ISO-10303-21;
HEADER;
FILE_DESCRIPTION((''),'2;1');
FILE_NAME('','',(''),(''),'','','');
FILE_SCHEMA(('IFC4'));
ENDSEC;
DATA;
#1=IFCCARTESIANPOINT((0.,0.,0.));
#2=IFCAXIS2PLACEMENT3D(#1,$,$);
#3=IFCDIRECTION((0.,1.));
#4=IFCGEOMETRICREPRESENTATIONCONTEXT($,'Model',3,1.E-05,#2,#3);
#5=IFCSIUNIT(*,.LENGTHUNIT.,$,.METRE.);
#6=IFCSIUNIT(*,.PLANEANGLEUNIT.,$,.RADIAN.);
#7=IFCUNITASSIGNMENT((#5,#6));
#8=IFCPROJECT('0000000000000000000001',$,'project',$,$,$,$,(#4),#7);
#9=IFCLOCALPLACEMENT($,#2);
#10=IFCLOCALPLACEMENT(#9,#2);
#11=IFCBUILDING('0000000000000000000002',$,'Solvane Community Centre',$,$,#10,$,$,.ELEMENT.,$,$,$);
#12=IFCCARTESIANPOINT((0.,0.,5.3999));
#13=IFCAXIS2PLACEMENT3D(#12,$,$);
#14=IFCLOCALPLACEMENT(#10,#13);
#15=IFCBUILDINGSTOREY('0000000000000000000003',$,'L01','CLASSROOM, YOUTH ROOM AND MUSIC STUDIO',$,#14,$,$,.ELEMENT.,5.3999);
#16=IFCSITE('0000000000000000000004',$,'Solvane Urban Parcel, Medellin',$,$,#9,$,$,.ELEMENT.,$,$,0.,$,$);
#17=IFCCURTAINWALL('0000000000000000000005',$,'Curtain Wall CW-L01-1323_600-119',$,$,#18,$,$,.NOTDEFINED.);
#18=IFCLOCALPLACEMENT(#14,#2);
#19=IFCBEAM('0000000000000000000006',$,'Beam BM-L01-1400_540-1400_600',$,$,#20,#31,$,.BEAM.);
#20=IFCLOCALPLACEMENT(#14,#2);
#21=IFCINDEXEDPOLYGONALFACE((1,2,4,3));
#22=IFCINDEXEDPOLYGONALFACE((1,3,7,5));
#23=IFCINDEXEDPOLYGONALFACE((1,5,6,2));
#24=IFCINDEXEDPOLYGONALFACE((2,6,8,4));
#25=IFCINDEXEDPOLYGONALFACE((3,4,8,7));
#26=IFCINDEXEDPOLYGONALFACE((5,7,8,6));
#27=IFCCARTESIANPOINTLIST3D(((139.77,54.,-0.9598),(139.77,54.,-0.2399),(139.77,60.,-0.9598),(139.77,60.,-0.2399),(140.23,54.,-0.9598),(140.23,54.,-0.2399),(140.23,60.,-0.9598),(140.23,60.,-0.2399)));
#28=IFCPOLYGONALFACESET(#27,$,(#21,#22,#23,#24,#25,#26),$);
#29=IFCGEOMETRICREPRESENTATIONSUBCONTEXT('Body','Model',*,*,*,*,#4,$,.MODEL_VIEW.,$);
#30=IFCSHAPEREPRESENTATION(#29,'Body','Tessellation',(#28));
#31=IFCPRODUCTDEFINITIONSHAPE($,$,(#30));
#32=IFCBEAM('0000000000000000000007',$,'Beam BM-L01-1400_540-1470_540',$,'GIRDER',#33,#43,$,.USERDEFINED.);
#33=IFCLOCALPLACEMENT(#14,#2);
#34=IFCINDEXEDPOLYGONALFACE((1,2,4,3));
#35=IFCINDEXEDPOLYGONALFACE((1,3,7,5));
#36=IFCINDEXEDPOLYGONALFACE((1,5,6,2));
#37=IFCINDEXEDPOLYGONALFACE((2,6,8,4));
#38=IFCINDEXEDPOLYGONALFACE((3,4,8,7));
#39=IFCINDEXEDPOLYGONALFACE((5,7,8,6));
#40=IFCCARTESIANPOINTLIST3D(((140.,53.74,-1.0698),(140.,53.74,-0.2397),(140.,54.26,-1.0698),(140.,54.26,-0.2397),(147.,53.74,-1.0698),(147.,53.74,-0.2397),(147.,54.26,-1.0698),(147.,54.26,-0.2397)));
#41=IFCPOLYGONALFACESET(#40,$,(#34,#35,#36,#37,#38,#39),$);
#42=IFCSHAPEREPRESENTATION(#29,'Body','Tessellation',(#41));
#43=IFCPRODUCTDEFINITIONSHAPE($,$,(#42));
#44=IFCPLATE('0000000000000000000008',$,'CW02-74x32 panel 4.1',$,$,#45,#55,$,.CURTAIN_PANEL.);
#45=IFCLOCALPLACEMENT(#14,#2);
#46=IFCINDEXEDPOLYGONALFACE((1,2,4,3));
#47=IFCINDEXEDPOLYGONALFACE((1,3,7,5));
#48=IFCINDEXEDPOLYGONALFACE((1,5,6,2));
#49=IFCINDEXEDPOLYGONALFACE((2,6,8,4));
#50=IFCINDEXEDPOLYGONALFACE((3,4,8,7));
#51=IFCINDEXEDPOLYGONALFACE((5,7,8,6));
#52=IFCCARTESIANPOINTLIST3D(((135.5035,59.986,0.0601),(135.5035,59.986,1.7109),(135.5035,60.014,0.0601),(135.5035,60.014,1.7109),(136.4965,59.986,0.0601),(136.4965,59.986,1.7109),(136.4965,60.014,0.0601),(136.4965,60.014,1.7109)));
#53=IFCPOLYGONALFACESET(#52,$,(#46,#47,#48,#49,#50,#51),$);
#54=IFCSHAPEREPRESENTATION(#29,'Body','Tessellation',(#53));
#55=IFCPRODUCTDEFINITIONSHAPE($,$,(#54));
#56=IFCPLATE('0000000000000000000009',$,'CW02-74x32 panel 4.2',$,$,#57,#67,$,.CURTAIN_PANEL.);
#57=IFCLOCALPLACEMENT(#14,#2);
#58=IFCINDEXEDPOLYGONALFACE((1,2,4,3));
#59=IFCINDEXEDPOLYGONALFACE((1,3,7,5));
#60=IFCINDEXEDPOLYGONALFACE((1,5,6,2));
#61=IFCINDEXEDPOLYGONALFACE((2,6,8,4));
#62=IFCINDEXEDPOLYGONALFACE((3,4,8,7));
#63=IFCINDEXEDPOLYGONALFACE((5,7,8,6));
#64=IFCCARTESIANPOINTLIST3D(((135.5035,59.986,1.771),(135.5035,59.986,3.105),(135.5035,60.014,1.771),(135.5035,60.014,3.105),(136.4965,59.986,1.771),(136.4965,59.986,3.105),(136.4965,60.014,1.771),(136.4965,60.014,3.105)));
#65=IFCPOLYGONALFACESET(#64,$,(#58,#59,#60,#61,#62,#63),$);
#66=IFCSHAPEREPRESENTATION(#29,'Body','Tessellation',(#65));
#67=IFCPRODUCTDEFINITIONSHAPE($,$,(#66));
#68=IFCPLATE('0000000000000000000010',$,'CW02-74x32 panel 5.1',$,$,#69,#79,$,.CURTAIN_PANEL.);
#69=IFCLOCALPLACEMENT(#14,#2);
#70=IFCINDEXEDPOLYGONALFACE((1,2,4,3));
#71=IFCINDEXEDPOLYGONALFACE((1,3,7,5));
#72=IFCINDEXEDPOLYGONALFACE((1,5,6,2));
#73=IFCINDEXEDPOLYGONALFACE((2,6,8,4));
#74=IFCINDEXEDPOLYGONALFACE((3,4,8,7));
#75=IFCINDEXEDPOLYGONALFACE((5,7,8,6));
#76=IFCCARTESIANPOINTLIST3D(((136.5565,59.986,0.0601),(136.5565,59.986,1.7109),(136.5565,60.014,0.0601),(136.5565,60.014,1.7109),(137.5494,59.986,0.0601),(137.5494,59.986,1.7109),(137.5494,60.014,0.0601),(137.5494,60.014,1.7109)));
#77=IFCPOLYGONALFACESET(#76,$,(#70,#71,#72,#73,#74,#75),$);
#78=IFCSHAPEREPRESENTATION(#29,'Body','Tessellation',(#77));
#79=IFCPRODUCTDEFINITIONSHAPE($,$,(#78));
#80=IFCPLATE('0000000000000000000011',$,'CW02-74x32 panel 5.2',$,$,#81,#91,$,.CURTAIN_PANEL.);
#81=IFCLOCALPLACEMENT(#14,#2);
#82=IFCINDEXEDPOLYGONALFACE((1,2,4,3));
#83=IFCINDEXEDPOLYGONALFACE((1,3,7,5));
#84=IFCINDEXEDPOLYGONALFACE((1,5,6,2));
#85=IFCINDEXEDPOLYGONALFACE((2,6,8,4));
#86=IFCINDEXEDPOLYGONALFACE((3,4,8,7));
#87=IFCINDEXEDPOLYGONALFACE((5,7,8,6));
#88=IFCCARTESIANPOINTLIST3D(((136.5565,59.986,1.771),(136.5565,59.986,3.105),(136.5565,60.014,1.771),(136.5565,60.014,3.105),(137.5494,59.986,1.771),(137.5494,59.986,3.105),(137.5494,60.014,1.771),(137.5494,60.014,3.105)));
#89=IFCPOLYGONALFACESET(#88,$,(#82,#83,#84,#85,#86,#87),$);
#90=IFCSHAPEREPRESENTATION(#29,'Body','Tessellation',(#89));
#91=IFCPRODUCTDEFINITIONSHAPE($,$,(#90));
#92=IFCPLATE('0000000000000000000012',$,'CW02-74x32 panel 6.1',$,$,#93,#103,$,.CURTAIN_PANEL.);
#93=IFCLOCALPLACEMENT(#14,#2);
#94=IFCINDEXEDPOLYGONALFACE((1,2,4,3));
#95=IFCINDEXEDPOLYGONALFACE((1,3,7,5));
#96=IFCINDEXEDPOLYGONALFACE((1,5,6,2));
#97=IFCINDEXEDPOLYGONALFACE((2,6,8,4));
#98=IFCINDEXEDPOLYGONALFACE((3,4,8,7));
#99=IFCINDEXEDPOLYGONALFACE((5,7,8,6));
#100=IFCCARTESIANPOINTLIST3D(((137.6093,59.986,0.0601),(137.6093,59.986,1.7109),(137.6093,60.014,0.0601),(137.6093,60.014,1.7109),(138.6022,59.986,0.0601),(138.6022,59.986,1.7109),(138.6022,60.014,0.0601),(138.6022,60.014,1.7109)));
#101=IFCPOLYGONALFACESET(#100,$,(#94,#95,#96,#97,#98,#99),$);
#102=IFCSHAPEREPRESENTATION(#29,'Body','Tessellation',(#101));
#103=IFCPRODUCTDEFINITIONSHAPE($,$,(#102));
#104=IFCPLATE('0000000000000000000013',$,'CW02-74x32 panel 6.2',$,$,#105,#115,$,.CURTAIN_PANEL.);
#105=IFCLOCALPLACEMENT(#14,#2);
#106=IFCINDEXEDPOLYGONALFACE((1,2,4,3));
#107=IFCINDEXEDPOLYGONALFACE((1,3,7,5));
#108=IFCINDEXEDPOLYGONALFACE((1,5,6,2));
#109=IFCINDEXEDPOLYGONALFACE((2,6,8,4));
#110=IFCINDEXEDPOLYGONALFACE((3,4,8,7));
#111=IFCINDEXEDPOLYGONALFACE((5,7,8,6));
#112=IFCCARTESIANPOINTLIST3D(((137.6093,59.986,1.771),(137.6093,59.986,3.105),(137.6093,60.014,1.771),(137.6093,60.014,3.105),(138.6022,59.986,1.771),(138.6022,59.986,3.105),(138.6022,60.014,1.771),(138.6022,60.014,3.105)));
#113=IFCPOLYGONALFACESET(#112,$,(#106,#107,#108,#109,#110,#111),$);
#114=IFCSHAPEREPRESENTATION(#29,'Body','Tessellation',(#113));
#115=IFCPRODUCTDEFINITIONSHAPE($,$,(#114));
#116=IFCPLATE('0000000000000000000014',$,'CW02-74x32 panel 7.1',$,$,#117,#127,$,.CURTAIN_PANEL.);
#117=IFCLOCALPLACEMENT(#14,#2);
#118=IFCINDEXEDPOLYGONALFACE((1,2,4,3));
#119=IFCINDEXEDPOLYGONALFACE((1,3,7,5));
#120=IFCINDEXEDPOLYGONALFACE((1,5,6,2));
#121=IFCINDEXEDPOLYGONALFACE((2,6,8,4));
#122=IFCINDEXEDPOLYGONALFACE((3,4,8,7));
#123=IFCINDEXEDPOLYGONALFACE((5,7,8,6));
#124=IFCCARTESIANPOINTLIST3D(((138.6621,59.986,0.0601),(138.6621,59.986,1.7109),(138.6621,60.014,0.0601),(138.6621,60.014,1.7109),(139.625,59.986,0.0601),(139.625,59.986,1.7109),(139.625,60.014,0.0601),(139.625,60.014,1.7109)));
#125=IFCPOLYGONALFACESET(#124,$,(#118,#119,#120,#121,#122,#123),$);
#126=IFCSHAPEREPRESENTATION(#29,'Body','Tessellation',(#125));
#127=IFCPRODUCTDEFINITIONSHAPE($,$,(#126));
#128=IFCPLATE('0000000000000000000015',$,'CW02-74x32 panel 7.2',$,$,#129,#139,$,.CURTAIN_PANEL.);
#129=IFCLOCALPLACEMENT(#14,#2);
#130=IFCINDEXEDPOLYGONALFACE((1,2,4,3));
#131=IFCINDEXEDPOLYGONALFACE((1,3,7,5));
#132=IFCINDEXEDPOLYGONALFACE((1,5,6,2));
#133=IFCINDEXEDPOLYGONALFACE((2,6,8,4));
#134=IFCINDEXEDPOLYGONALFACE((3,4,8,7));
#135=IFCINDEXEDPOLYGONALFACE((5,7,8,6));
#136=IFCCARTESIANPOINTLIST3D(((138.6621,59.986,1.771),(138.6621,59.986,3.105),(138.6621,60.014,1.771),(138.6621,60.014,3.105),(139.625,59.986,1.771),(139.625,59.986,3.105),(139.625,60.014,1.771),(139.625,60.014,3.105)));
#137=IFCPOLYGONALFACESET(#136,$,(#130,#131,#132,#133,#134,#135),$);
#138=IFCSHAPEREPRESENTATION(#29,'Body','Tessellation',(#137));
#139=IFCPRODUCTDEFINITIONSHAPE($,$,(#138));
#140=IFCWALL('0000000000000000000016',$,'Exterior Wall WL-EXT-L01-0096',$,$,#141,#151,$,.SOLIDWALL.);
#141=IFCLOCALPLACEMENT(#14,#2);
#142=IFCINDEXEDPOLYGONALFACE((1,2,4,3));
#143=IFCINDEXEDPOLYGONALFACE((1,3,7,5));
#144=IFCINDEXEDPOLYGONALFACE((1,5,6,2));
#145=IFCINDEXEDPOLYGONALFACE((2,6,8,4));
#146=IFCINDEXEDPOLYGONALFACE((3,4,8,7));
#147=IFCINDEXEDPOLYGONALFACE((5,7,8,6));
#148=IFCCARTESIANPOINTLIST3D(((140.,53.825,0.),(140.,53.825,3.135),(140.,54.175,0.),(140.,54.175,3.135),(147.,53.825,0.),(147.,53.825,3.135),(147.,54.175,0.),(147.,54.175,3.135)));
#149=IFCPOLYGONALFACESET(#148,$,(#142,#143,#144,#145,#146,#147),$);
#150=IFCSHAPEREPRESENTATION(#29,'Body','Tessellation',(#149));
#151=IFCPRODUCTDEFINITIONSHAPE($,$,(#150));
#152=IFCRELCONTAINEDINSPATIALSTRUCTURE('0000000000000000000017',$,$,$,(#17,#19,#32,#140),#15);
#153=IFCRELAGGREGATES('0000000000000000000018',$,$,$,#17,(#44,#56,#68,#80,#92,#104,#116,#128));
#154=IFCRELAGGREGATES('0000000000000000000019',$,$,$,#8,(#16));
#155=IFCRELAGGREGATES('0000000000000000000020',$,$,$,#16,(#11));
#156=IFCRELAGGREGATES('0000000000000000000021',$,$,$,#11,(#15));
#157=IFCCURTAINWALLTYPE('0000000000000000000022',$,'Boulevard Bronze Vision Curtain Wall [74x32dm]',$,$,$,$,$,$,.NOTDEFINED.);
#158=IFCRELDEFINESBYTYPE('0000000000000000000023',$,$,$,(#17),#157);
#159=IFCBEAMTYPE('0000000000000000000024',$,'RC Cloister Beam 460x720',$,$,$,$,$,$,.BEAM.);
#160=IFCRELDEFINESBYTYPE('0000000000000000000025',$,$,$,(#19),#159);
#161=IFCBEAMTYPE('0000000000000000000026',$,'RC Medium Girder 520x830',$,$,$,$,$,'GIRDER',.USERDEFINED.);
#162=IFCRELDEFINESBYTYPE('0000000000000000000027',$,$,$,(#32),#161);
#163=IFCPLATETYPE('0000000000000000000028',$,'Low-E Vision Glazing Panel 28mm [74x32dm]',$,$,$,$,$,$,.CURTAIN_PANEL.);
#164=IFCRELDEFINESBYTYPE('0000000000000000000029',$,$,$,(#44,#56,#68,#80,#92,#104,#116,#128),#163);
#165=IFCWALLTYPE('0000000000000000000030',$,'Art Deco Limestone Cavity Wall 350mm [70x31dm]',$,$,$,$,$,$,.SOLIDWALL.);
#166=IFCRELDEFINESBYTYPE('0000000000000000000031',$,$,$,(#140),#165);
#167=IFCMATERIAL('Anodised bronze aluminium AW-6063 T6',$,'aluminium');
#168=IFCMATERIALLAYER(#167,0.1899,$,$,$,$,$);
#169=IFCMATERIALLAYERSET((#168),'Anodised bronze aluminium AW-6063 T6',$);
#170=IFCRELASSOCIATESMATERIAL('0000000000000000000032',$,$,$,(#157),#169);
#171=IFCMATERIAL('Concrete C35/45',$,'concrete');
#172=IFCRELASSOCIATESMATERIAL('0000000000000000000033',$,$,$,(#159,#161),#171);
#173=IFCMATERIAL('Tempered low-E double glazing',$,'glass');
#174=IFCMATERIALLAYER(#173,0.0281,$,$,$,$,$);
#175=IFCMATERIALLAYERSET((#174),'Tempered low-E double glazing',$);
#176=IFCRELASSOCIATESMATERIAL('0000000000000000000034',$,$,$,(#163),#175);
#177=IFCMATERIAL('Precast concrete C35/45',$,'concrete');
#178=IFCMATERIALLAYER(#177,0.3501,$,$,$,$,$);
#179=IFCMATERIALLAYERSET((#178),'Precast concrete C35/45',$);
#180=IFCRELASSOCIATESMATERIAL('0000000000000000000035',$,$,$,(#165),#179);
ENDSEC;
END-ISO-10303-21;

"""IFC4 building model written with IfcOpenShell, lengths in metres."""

from ifc_helpers import new_model, si_unit, direction, frame, frame_2d, origin, origin_2d, place, context, subcontext, project, spatial, rectangle, extrude, material, layer, layer_set, material_profile, profile_set, type_object, element, aggregate, save


model = new_model("IFC4")

# Units and contexts
model_context = context("Model", 3, precision=1e-05, world=origin(), true_north=direction((0.0, 1.0)))
body_context = subcontext(model_context, "Body", "Model", "MODEL_VIEW")
ifc_project = project(units=[si_unit("LENGTHUNIT", "METRE"), si_unit("PLANEANGLEUNIT", "RADIAN")], contexts=[model_context])

# Site, building, storey
site_placement = place(None, origin())
site = spatial("IfcSite", under=ifc_project, at=site_placement, Name="Solvane Urban Parcel, Medellin", CompositionType="ELEMENT", RefElevation=0.0)
building_placement = place(site_placement, origin())
building = spatial("IfcBuilding", under=site, at=building_placement, Name="Solvane Community Centre", CompositionType="ELEMENT")
storey_placement = place(building_placement, frame((0.0, 0.0, 5.3999)))
storey = spatial("IfcBuildingStorey", under=building, at=storey_placement, Name="L01", Description="CLASSROOM, YOUTH ROOM AND MUSIC STUDIO", CompositionType="ELEMENT", Elevation=5.3999)

# Shared definitions
ifc_material_1 = material(Name="Concrete C35/45", Category="concrete")

# Curtain wall
ifc_material_2 = material(Name="Anodised bronze aluminium AW-6063 T6", Category="aluminium")
ifc_layer_1 = layer(ifc_material_2, 0.1899)
ifc_layer_set_1 = layer_set([ifc_layer_1], Name="Anodised bronze aluminium AW-6063 T6")
curtain_wall_type = type_object("IfcCurtainWallType", Name="Boulevard Bronze Vision Curtain Wall [74x32dm]", PredefinedType="NOTDEFINED", material=ifc_layer_set_1)
curtain_wall_placement = place(storey_placement, origin())
curtain_wall = element("IfcCurtainWall", 1, at=curtain_wall_placement, inside=storey, type_object=curtain_wall_type, Name="Curtain Wall CW-L01-1323_600-119", PredefinedType="NOTDEFINED")

# Beams
ifc_material_profile_1 = material_profile(ifc_material_1, rectangle(XDim=0.46, YDim=0.72, at=origin_2d()), Name="RC 460x720")
ifc_profile_set_1 = profile_set([ifc_material_profile_1], Name="Concrete C35/45")
beam_type_1 = type_object("IfcBeamType", Name="RC Cloister Beam 460x720", PredefinedType="BEAM", material=ifc_profile_set_1)
beam_1_placement = place(storey_placement, frame((140.0, 54.0, -0.5999), z_axis=(0.0, 1.0, 0.0), x_axis=(-1.0, 0.0, 0.0)))
element("IfcBeam", 2, at=beam_1_placement, inside=storey, type_object=beam_type_1, Name="Beam BM-L01-1400_540-1400_600", PredefinedType="BEAM", context=body_context, shape_type="SweptSolid", body=[
    extrude(rectangle(XDim=0.46, YDim=0.72, at=origin_2d()), origin(), (0.0, 0.0, 1.0), 6.0),
])
ifc_material_profile_2 = material_profile(ifc_material_1, rectangle(XDim=0.52, YDim=0.8301, at=origin_2d()), Name="RC 520x830")
ifc_profile_set_2 = profile_set([ifc_material_profile_2], Name="Concrete C35/45")
beam_type_2 = type_object("IfcBeamType", Name="RC Medium Girder 520x830", ElementType="GIRDER", PredefinedType="USERDEFINED", material=ifc_profile_set_2)
beam_2_placement = place(storey_placement, frame((140.0, 54.0, -0.6548), z_axis=(1.0, 0.0, 0.0), x_axis=(0.0, 1.0, 0.0)))
element("IfcBeam", 3, at=beam_2_placement, inside=storey, type_object=beam_type_2, Name="Beam BM-L01-1400_540-1470_540", ObjectType="GIRDER", PredefinedType="USERDEFINED", context=body_context, shape_type="SweptSolid", body=[
    extrude(rectangle(XDim=0.52, YDim=0.8301, at=origin_2d()), origin(), (0.0, 0.0, 1.0), 7.0),
])

# Plates
ifc_material_3 = material(Name="Tempered low-E double glazing", Category="glass")
ifc_layer_2 = layer(ifc_material_3, 0.0281)
ifc_layer_set_2 = layer_set([ifc_layer_2], Name="Tempered low-E double glazing")
plate_type = type_object("IfcPlateType", Name="Low-E Vision Glazing Panel 28mm [74x32dm]", PredefinedType="CURTAIN_PANEL", material=ifc_layer_set_2)
plate_1_placement = place(storey_placement, frame((136.0, 60.0, 0.0601), z_axis=(0.0, 0.0, 1.0), x_axis=(1.0, 0.0, 0.0)))
plate_1 = element("IfcPlate", 4, at=plate_1_placement, type_object=plate_type, Name="CW02-74x32 panel 4.1", PredefinedType="CURTAIN_PANEL", context=body_context, shape_type="SweptSolid", body=[
    extrude(rectangle(XDim=0.9929, YDim=0.0281, at=origin_2d()), origin(), (0.0, 0.0, 1.0), 1.6509),
])
plate_2_placement = place(storey_placement, frame((136.0, 60.0, 1.771), z_axis=(0.0, 0.0, 1.0), x_axis=(1.0, 0.0, 0.0)))
plate_2 = element("IfcPlate", 5, at=plate_2_placement, type_object=plate_type, Name="CW02-74x32 panel 4.2", PredefinedType="CURTAIN_PANEL", context=body_context, shape_type="SweptSolid", body=[
    extrude(rectangle(XDim=0.9929, YDim=0.0281, at=origin_2d()), origin(), (0.0, 0.0, 1.0), 1.334),
])
plate_3_placement = place(storey_placement, frame((137.053, 60.0, 0.0601), z_axis=(0.0, 0.0, 1.0), x_axis=(1.0, 0.0, 0.0)))
plate_3 = element("IfcPlate", 6, at=plate_3_placement, type_object=plate_type, Name="CW02-74x32 panel 5.1", PredefinedType="CURTAIN_PANEL", context=body_context, shape_type="SweptSolid", body=[
    extrude(rectangle(XDim=0.9929, YDim=0.0281, at=origin_2d()), origin(), (0.0, 0.0, 1.0), 1.6509),
])
plate_4_placement = place(storey_placement, frame((137.053, 60.0, 1.771), z_axis=(0.0, 0.0, 1.0), x_axis=(1.0, 0.0, 0.0)))
plate_4 = element("IfcPlate", 7, at=plate_4_placement, type_object=plate_type, Name="CW02-74x32 panel 5.2", PredefinedType="CURTAIN_PANEL", context=body_context, shape_type="SweptSolid", body=[
    extrude(rectangle(XDim=0.9929, YDim=0.0281, at=origin_2d()), origin(), (0.0, 0.0, 1.0), 1.334),
])
plate_5_placement = place(storey_placement, frame((138.1057, 60.0, 0.0601), z_axis=(0.0, 0.0, 1.0), x_axis=(1.0, 0.0, 0.0)))
plate_5 = element("IfcPlate", 8, at=plate_5_placement, type_object=plate_type, Name="CW02-74x32 panel 6.1", PredefinedType="CURTAIN_PANEL", context=body_context, shape_type="SweptSolid", body=[
    extrude(rectangle(XDim=0.9929, YDim=0.0281, at=origin_2d()), origin(), (0.0, 0.0, 1.0), 1.6509),
])
plate_6_placement = place(storey_placement, frame((138.1057, 60.0, 1.771), z_axis=(0.0, 0.0, 1.0), x_axis=(1.0, 0.0, 0.0)))
plate_6 = element("IfcPlate", 9, at=plate_6_placement, type_object=plate_type, Name="CW02-74x32 panel 6.2", PredefinedType="CURTAIN_PANEL", context=body_context, shape_type="SweptSolid", body=[
    extrude(rectangle(XDim=0.9929, YDim=0.0281, at=origin_2d()), origin(), (0.0, 0.0, 1.0), 1.334),
])
plate_7_placement = place(storey_placement, frame((139.1436, 60.0, 0.0601), z_axis=(0.0, 0.0, 1.0), x_axis=(1.0, 0.0, 0.0)))
plate_7 = element("IfcPlate", 10, at=plate_7_placement, type_object=plate_type, Name="CW02-74x32 panel 7.1", PredefinedType="CURTAIN_PANEL", context=body_context, shape_type="SweptSolid", body=[
    extrude(rectangle(XDim=0.9629, YDim=0.0281, at=origin_2d()), origin(), (0.0, 0.0, 1.0), 1.6509),
])
plate_8_placement = place(storey_placement, frame((139.1436, 60.0, 1.771), z_axis=(0.0, 0.0, 1.0), x_axis=(1.0, 0.0, 0.0)))
plate_8 = element("IfcPlate", 11, at=plate_8_placement, type_object=plate_type, Name="CW02-74x32 panel 7.2", PredefinedType="CURTAIN_PANEL", context=body_context, shape_type="SweptSolid", body=[
    extrude(rectangle(XDim=0.9629, YDim=0.0281, at=origin_2d()), origin(), (0.0, 0.0, 1.0), 1.334),
])
aggregate(curtain_wall, [plate_1, plate_2, plate_3, plate_4, plate_5, plate_6, plate_7, plate_8])

# Wall
ifc_material_4 = material(Name="Precast concrete C35/45", Category="concrete")
ifc_layer_3 = layer(ifc_material_4, 0.3501)
ifc_layer_set_3 = layer_set([ifc_layer_3], Name="Precast concrete C35/45")
wall_type = type_object("IfcWallType", Name="Art Deco Limestone Cavity Wall 350mm [70x31dm]", PredefinedType="SOLIDWALL", material=ifc_layer_set_3)
wall_placement = place(storey_placement, frame((140.0, 54.0, 0.0), z_axis=(0.0, 0.0, 1.0), x_axis=(1.0, 0.0, 0.0)))
element("IfcWall", 12, at=wall_placement, inside=storey, type_object=wall_type, Name="Exterior Wall WL-EXT-L01-0096", PredefinedType="SOLIDWALL", context=body_context, shape_type="SweptSolid", body=[
    extrude(rectangle(XDim=7.0, YDim=0.3501, at=frame_2d((3.5, 0.0))), origin(), (0.0, 0.0, 1.0), 3.135),
])

save(model, "model.ifc")
